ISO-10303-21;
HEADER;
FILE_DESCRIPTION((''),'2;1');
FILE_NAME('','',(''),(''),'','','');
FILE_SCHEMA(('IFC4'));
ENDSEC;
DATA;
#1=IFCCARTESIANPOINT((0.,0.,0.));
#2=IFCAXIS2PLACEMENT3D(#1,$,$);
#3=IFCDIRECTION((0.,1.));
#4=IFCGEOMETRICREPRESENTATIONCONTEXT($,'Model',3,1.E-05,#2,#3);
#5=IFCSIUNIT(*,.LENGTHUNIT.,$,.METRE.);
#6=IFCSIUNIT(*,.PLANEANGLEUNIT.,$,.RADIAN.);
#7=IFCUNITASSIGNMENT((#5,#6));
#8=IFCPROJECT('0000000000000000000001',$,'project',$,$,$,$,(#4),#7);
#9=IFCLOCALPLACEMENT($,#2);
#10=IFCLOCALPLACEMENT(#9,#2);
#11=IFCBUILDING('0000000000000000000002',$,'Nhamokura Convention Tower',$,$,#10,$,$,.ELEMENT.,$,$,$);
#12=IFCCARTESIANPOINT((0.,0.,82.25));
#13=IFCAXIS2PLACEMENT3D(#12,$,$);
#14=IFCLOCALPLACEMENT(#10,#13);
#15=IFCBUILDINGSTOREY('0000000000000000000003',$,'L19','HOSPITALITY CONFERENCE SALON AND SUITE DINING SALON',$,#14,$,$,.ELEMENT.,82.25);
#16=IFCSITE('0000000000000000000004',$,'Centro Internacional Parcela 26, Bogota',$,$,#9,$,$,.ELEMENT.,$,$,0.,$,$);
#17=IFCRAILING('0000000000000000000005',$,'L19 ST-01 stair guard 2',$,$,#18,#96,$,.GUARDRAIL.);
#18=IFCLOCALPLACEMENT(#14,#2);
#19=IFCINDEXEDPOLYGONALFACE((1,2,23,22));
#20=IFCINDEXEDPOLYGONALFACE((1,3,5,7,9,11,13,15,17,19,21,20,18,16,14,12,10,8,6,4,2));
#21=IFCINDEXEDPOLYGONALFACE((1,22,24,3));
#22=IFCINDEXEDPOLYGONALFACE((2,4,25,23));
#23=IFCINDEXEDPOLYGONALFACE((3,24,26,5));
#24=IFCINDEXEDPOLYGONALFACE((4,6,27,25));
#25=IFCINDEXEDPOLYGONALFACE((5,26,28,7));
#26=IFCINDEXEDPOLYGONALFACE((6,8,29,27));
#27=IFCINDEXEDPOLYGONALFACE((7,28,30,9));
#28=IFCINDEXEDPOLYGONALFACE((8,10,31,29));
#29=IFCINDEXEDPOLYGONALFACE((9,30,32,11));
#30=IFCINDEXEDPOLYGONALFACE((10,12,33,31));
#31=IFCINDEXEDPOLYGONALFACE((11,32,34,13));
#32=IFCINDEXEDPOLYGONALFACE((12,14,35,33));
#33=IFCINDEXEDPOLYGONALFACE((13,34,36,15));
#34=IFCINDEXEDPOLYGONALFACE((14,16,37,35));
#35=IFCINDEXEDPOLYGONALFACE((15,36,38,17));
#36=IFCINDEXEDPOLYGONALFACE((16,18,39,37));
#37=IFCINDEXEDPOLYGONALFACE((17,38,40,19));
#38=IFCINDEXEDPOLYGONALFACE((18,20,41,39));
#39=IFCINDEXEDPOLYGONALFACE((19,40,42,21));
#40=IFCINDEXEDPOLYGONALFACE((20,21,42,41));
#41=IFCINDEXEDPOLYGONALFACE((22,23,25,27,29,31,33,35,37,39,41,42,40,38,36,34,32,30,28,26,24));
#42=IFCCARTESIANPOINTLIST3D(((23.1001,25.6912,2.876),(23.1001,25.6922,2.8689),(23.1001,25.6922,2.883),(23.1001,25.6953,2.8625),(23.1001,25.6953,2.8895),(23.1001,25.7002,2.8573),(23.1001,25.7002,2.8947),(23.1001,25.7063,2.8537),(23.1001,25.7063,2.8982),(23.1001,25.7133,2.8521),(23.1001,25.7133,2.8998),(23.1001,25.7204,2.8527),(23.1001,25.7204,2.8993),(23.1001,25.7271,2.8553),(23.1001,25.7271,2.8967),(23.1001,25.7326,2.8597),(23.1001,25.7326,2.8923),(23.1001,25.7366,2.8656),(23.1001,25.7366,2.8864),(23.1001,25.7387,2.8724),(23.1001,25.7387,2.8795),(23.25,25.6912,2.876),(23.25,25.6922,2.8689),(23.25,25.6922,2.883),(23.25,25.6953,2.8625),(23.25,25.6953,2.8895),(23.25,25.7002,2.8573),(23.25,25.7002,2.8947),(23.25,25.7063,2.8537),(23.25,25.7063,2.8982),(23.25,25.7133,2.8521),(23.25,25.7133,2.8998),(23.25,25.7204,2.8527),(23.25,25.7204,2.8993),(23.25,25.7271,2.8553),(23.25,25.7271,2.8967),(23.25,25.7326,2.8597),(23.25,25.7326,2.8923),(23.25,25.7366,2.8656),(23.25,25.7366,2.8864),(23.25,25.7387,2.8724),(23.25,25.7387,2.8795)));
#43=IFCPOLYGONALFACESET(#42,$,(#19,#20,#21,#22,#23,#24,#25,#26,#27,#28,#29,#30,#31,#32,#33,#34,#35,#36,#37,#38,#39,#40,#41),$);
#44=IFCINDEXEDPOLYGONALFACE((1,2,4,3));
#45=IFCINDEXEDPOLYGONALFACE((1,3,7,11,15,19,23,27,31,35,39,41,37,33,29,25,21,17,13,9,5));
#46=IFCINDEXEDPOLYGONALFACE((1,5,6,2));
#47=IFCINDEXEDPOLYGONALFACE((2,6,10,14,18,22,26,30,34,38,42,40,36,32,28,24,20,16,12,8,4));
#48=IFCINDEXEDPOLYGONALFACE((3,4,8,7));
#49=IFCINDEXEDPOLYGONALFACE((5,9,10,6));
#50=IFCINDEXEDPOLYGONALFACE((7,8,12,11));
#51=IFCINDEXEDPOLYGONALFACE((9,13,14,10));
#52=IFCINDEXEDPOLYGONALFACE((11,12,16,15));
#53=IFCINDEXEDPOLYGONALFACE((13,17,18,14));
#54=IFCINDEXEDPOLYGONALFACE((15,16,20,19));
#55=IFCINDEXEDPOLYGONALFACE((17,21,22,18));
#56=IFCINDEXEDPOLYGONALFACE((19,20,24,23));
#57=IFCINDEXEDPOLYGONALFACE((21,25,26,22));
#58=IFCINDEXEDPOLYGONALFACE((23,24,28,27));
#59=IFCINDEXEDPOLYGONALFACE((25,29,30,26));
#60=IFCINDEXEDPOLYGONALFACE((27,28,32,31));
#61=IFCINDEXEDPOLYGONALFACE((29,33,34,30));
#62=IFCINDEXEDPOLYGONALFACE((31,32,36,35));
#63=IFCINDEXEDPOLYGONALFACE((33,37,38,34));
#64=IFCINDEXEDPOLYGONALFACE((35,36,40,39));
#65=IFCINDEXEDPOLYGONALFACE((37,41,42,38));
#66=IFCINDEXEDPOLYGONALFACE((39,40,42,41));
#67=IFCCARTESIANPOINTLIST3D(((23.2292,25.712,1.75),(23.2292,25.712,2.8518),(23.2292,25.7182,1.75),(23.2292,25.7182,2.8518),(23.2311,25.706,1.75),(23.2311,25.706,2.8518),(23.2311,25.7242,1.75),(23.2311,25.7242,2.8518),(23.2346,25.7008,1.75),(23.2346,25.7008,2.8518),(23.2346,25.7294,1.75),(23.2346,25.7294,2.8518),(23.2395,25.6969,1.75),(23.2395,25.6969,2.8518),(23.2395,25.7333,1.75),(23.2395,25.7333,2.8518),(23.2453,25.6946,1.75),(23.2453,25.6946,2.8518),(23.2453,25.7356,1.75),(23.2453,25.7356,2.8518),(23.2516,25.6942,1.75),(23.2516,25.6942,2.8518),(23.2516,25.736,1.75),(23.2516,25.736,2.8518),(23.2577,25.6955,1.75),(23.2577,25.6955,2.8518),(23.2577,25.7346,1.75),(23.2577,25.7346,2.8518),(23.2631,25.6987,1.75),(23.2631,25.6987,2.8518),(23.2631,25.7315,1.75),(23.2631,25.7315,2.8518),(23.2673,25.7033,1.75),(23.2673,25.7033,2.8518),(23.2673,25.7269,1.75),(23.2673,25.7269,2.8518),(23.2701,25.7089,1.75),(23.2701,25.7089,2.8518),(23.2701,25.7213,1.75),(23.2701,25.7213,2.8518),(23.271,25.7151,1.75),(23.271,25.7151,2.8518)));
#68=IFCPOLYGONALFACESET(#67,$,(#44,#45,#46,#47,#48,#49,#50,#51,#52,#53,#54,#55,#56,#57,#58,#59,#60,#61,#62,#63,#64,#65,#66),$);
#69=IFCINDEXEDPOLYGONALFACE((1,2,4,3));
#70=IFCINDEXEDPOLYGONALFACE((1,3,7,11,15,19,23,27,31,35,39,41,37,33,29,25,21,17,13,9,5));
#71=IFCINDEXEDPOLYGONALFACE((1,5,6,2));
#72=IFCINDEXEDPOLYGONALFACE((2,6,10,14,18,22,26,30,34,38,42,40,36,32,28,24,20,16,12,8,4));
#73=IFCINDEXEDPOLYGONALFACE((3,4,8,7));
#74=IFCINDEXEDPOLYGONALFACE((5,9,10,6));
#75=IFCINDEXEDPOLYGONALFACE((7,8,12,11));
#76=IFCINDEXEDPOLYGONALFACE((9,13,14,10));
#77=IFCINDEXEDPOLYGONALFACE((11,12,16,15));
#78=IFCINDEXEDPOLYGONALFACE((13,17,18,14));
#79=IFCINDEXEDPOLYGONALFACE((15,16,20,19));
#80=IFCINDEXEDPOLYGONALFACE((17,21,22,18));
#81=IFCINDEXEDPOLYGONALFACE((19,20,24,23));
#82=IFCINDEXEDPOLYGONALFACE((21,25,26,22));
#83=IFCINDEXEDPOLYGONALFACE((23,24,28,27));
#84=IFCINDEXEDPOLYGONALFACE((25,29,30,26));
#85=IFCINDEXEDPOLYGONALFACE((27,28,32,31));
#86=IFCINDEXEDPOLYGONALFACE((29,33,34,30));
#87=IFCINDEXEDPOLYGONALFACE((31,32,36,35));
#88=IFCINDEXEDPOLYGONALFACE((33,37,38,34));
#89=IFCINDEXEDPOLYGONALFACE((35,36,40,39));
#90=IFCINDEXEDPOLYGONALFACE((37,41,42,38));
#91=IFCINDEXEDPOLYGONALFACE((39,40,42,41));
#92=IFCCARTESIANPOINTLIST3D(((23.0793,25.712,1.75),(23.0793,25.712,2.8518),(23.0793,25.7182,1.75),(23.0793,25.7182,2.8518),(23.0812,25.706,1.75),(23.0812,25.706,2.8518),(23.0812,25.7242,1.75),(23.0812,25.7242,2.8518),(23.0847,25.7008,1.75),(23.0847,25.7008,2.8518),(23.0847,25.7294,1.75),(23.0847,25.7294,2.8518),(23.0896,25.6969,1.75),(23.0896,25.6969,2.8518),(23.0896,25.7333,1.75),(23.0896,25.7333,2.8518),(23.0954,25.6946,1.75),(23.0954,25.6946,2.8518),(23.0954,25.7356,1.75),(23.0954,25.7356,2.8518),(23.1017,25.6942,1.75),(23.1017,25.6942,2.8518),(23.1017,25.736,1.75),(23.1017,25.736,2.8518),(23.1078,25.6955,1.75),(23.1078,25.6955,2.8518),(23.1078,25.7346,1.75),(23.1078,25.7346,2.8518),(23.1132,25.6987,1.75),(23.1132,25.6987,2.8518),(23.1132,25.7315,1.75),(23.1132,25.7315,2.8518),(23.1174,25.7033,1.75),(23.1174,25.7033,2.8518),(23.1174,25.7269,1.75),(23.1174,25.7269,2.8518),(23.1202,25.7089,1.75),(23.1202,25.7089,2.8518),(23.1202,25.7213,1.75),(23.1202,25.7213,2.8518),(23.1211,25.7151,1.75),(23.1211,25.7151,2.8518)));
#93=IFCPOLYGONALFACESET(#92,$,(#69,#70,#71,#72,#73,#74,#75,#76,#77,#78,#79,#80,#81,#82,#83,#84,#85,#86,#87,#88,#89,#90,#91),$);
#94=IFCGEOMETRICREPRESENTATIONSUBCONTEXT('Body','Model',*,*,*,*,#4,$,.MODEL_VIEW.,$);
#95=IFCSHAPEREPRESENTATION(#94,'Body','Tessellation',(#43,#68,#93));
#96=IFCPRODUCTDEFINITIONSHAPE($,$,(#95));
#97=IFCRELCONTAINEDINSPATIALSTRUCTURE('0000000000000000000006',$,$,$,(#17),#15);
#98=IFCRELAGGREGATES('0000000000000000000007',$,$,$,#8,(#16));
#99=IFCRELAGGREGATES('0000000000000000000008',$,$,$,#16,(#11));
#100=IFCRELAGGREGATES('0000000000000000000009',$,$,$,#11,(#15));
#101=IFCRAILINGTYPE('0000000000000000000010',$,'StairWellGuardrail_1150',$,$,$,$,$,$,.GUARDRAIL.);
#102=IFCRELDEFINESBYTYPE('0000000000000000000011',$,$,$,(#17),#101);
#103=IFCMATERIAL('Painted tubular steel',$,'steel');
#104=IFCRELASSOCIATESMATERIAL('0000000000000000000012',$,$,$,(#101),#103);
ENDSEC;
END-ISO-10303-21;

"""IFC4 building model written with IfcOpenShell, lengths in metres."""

from ifc_helpers import new_model, si_unit, direction, frame, origin, origin_2d, place, context, subcontext, project, spatial, circle, extrude, material, type_object, element, save


model = new_model("IFC4")

# Units and contexts
model_context = context("Model", 3, precision=1e-05, world=origin(), true_north=direction((0.0, 1.0)))
body_context = subcontext(model_context, "Body", "Model", "MODEL_VIEW")
ifc_project = project(units=[si_unit("LENGTHUNIT", "METRE"), si_unit("PLANEANGLEUNIT", "RADIAN")], contexts=[model_context])

# Site, building, storey
site_placement = place(None, origin())
site = spatial("IfcSite", under=ifc_project, at=site_placement, Name="Centro Internacional Parcela 26, Bogota", CompositionType="ELEMENT", RefElevation=0.0)
building_placement = place(site_placement, origin())
building = spatial("IfcBuilding", under=site, at=building_placement, Name="Nhamokura Convention Tower", CompositionType="ELEMENT")
storey_placement = place(building_placement, frame((0.0, 0.0, 82.25)))
storey = spatial("IfcBuildingStorey", under=building, at=storey_placement, Name="L19", Description="HOSPITALITY CONFERENCE SALON AND SUITE DINING SALON", CompositionType="ELEMENT", Elevation=82.25)

# Railing
ifc_material_1 = material(Name="Painted tubular steel", Category="steel")
railing_type_1 = type_object("IfcRailingType", Name="StairWellGuardrail_1150", PredefinedType="GUARDRAIL", material=ifc_material_1)
railing_1_placement = place(storey_placement, frame((23.25, 25.7151, 1.75)))
element("IfcRailing", 1, at=railing_1_placement, inside=storey, type_object=railing_type_1, Name="L19 ST-01 stair guard 2", PredefinedType="GUARDRAIL", context=body_context, shape_type="SweptSolid", body=[
    extrude(circle(Radius=0.0239, at=origin_2d()), frame((0.0, 0.0, 1.126), z_axis=(-1.0, 0.0, 0.0), x_axis=(0.0, -1.0, 0.0)), (0.0, 0.0, 1.0), 0.1499),
    extrude(circle(Radius=0.021, at=origin_2d()), origin(), (0.0, 0.0, 1.0), 1.1018),
    extrude(circle(Radius=0.021, at=origin_2d()), frame((-0.1499, 0.0, 0.0)), (0.0, 0.0, 1.0), 1.1018),
])

save(model, "model.ifc")
